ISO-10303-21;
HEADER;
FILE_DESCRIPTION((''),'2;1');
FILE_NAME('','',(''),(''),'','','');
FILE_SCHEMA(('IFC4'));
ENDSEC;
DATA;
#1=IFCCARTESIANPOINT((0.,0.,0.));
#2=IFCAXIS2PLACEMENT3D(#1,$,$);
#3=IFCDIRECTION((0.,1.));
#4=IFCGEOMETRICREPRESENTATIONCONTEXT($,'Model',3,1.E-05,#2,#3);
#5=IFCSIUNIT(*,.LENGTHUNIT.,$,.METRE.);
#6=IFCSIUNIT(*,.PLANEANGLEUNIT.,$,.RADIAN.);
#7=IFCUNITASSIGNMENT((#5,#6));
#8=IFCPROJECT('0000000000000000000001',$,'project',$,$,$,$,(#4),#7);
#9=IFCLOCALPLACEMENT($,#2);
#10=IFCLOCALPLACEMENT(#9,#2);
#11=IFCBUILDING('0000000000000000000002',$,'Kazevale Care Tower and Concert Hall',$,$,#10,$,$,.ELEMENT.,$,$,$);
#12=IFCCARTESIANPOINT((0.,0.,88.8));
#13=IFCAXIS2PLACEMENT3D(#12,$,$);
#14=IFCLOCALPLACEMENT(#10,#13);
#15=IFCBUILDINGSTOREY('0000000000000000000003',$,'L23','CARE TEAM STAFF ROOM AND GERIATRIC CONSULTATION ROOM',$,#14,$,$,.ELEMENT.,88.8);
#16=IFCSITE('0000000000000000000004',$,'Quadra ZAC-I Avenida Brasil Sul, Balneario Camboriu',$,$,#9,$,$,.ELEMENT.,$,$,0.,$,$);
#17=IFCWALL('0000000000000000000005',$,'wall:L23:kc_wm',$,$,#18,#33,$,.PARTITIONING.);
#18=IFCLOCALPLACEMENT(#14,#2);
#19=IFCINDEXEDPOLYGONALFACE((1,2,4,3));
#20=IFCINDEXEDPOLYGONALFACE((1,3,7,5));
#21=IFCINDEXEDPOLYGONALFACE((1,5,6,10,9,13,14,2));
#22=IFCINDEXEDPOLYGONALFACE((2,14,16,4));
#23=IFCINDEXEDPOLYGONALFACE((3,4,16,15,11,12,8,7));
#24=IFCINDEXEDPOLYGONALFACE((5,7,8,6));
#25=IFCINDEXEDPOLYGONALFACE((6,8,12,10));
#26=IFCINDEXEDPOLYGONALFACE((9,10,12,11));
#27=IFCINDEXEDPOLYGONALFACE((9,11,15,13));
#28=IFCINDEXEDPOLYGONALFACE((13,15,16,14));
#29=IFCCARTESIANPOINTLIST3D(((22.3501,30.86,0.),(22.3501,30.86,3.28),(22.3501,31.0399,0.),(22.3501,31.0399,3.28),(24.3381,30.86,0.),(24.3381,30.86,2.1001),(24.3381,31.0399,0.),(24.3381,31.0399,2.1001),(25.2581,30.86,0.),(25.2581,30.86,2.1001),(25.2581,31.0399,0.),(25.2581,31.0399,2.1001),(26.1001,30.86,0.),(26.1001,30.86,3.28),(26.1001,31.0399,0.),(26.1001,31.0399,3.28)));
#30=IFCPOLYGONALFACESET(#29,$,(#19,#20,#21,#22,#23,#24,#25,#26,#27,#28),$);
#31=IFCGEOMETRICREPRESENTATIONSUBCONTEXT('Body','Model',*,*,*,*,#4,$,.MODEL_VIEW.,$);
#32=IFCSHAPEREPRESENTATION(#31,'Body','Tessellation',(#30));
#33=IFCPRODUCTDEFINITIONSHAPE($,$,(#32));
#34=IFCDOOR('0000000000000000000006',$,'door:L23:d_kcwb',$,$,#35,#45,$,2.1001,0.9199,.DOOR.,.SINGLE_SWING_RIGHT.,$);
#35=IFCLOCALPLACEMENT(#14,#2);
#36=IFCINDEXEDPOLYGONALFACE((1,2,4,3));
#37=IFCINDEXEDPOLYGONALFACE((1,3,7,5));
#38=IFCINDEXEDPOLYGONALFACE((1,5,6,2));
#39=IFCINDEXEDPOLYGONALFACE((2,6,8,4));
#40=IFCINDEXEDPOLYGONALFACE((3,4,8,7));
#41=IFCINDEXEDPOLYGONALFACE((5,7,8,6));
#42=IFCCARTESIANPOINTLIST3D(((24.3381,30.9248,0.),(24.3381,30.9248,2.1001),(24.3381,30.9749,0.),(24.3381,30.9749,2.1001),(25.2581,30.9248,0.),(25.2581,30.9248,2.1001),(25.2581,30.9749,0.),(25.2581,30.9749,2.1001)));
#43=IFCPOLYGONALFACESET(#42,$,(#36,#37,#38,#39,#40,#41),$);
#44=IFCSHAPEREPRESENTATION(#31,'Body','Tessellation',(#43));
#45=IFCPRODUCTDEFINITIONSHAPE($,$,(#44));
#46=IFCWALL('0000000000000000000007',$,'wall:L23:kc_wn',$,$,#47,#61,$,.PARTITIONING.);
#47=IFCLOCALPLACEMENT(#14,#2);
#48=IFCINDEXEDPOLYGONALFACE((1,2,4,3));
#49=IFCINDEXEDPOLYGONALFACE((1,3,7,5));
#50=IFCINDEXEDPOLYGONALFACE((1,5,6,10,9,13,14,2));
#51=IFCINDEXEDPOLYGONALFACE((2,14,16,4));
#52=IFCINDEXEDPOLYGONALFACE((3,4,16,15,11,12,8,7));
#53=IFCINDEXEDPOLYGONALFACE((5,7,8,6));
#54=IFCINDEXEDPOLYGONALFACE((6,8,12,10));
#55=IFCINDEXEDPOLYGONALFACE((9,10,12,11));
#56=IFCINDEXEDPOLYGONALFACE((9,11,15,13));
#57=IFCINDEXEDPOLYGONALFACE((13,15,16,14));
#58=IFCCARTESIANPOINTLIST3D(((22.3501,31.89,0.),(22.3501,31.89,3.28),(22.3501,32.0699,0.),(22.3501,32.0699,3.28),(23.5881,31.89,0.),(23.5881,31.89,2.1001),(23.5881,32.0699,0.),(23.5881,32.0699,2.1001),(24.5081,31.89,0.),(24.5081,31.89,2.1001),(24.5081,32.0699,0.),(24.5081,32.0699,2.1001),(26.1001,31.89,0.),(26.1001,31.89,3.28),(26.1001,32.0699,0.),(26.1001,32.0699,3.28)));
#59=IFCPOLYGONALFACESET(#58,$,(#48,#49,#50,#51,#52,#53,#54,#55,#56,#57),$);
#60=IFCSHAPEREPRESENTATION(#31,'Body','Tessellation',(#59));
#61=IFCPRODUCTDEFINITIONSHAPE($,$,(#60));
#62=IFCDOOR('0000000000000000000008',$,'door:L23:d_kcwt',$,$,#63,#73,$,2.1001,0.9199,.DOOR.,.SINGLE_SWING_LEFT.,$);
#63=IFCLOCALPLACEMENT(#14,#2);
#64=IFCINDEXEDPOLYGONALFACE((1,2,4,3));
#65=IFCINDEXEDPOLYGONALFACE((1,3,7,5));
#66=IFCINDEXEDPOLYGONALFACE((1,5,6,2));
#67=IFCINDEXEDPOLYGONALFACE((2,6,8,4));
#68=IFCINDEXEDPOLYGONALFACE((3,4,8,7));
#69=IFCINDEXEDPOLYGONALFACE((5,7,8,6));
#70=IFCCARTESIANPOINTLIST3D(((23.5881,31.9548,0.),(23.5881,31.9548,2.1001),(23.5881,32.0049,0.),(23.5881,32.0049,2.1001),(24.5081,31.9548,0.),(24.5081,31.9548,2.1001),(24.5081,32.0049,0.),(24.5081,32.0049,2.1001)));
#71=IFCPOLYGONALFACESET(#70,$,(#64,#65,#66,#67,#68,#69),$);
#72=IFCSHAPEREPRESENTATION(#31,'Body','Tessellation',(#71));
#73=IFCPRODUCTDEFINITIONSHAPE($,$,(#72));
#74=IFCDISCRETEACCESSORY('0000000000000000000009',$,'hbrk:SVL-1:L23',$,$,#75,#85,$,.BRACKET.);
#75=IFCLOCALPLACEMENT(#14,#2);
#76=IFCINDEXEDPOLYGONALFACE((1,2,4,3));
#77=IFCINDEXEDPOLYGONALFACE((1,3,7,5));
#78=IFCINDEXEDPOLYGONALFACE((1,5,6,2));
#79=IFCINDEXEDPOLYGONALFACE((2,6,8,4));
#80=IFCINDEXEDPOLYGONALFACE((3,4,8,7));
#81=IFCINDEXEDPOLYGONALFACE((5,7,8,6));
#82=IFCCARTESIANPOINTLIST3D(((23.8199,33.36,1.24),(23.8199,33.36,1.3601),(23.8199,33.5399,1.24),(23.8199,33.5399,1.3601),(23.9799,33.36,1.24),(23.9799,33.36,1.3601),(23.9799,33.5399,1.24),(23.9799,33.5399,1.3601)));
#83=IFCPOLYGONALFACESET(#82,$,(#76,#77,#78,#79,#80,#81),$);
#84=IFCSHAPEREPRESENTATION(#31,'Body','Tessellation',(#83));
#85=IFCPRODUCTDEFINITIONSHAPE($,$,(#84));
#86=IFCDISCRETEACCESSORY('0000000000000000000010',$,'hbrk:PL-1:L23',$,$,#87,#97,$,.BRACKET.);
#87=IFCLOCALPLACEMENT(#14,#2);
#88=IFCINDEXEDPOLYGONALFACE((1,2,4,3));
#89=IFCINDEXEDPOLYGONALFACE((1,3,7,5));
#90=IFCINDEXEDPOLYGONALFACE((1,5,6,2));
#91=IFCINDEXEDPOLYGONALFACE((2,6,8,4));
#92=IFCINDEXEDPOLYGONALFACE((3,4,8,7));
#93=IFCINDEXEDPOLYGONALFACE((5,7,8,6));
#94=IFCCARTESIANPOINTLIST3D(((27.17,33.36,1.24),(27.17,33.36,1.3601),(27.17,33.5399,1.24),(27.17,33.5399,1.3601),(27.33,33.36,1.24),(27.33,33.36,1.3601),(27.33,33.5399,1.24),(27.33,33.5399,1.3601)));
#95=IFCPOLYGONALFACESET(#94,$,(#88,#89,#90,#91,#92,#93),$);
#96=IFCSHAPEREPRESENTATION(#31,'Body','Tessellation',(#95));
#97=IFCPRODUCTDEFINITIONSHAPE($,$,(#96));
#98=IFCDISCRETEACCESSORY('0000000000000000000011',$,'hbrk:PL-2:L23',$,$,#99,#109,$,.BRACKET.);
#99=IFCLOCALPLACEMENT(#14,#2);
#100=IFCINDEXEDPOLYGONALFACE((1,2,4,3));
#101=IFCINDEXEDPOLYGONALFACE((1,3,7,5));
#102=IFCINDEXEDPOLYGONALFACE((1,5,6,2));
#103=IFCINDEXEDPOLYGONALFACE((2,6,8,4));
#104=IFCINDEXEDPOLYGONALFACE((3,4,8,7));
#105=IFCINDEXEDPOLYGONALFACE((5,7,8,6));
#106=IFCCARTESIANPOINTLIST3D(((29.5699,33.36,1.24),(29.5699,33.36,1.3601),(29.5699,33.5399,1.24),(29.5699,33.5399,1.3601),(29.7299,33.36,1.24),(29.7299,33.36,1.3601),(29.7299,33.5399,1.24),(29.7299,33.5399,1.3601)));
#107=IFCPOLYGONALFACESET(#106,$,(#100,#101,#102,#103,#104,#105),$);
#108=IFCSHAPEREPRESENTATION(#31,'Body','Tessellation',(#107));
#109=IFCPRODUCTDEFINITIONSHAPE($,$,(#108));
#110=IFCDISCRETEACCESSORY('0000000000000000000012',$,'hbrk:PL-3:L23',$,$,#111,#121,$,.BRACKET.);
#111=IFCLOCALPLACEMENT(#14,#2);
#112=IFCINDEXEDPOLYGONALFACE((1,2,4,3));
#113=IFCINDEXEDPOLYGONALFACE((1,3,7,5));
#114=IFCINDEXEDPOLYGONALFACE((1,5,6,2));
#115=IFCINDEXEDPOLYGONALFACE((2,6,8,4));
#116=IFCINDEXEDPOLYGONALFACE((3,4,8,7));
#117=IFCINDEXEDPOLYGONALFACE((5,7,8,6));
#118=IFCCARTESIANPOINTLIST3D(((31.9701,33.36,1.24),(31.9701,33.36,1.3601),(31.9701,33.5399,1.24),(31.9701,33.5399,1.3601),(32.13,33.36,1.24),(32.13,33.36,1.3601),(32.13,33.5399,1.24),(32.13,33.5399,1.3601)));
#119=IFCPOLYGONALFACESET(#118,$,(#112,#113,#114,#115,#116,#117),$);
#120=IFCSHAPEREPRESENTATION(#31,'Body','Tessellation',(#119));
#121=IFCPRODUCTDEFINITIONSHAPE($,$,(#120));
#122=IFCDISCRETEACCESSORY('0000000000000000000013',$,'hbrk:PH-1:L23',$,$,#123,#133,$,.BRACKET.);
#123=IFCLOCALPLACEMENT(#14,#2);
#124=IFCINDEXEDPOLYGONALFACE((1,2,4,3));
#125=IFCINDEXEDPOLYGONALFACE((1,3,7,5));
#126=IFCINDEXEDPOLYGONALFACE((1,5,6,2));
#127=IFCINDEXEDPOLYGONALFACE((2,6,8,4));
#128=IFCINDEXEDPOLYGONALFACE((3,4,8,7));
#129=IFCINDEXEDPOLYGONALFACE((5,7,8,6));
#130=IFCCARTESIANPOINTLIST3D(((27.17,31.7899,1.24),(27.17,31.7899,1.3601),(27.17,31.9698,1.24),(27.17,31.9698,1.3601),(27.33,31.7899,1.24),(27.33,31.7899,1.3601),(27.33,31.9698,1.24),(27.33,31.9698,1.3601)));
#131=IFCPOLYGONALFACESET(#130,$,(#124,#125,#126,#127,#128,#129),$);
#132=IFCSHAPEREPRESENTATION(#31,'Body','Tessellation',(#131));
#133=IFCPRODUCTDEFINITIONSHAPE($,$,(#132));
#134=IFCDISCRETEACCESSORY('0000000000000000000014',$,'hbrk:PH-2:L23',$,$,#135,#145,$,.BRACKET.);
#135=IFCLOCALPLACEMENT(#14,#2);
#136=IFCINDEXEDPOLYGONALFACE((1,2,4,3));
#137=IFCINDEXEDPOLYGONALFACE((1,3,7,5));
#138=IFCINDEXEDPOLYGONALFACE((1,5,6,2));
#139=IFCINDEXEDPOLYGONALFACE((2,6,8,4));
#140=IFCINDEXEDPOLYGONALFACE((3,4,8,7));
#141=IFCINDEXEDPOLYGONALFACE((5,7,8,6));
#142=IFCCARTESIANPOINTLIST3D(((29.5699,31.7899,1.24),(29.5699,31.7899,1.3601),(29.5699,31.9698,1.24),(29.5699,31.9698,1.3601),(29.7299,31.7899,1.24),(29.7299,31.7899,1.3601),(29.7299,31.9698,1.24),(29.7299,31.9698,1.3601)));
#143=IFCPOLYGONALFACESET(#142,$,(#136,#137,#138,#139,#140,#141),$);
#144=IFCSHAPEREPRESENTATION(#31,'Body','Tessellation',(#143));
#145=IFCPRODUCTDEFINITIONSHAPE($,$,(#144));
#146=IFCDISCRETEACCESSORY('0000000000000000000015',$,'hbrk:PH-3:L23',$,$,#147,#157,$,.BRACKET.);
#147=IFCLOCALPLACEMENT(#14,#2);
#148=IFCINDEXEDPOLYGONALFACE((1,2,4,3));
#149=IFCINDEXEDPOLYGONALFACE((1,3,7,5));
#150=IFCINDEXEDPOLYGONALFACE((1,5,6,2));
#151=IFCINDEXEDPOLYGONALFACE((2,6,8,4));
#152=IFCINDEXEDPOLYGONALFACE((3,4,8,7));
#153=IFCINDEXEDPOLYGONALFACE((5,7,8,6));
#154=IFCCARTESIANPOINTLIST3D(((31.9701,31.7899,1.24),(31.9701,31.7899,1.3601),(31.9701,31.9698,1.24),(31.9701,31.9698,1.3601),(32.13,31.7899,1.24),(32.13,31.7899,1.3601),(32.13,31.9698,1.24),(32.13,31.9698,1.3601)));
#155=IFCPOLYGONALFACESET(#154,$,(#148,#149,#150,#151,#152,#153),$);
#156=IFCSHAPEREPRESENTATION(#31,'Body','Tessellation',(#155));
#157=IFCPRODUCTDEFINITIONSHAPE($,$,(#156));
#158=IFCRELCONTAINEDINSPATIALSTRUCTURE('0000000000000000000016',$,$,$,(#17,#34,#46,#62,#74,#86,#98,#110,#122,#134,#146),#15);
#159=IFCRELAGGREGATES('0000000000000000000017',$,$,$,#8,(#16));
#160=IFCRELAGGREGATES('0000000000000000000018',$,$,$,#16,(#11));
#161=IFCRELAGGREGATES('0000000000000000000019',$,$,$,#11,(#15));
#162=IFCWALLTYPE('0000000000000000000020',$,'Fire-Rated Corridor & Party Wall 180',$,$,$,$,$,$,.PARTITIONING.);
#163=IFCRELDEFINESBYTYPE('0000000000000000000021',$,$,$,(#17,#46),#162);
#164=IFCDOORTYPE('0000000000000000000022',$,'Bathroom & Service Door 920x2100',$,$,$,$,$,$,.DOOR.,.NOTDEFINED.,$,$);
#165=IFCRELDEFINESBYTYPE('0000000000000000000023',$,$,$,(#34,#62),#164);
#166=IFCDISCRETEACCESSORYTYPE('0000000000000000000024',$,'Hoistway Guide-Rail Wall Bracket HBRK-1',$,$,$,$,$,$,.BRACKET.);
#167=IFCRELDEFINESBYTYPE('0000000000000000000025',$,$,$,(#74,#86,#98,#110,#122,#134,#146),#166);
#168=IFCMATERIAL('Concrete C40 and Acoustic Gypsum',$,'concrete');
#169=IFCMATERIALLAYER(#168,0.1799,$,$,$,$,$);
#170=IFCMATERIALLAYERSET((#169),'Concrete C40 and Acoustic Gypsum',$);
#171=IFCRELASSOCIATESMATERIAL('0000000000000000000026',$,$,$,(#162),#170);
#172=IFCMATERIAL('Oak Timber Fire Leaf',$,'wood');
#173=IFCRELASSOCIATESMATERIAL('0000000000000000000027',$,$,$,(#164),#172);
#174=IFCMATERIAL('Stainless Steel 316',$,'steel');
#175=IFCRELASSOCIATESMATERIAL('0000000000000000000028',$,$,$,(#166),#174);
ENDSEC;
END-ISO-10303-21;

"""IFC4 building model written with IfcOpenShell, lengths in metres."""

from ifc_helpers import new_model, si_unit, direction, frame, frame_2d, origin, origin_2d, place, context, subcontext, project, spatial, rectangle, extrude, material, layer, layer_set, type_object, element, fill, save


model = new_model("IFC4")

# Units and contexts
model_context = context("Model", 3, precision=1e-05, world=origin(), true_north=direction((0.0, 1.0)))
body_context = subcontext(model_context, "Body", "Model", "MODEL_VIEW")
ifc_project = project(units=[si_unit("LENGTHUNIT", "METRE"), si_unit("PLANEANGLEUNIT", "RADIAN")], contexts=[model_context])

# Site, building, storey
site_placement = place(None, origin())
site = spatial("IfcSite", under=ifc_project, at=site_placement, Name="Quadra ZAC-I Avenida Brasil Sul, Balneario Camboriu", CompositionType="ELEMENT", RefElevation=0.0)
building_placement = place(site_placement, origin())
building = spatial("IfcBuilding", under=site, at=building_placement, Name="Kazevale Care Tower and Concert Hall", CompositionType="ELEMENT")
storey_placement = place(building_placement, frame((0.0, 0.0, 88.8)))
storey = spatial("IfcBuildingStorey", under=building, at=storey_placement, Name="L23", Description="CARE TEAM STAFF ROOM AND GERIATRIC CONSULTATION ROOM", CompositionType="ELEMENT", Elevation=88.8)

# Shared definitions
ifc_material_1 = material(Name="Stainless Steel 316", Category="steel")

# Walls, openings, doors
ifc_material_2 = material(Name="Concrete C40 and Acoustic Gypsum", Category="concrete")
ifc_layer_1 = layer(ifc_material_2, 0.1799)
ifc_layer_set_1 = layer_set([ifc_layer_1], Name="Concrete C40 and Acoustic Gypsum")
wall_type_1 = type_object("IfcWallType", Name="Fire-Rated Corridor & Party Wall 180", PredefinedType="PARTITIONING", material=ifc_layer_set_1)
wall_1_placement = place(storey_placement, frame((22.3501, 30.95, 0.0), z_axis=(0.0, 0.0, 1.0), x_axis=(1.0, 0.0, 0.0)))
wall_1 = element("IfcWall", 1, at=wall_1_placement, inside=storey, type_object=wall_type_1, Name="wall:L23:kc_wm", PredefinedType="PARTITIONING", context=body_context, shape_type="SweptSolid", body=[
    extrude(rectangle(XDim=3.75, YDim=0.1799, at=frame_2d((1.875, 0.0))), origin(), (0.0, 0.0, 1.0), 3.28),
])
opening_1_placement = place(wall_1_placement, frame((1.988, 0.0, 0.0)))
opening_1 = element("IfcOpeningElement", 2, at=opening_1_placement, cuts=wall_1, PredefinedType="OPENING", context=body_context, shape_type="SweptSolid", body=[
    extrude(rectangle(XDim=0.9199, YDim=2.1001, at=frame_2d((0.46, 1.05))), frame((0.0, 0.0999, 0.0), z_axis=(0.0, -1.0, 0.0), x_axis=(1.0, 0.0, 0.0)), (0.0, 0.0, 1.0), 0.2),
])
ifc_material_3 = material(Name="Oak Timber Fire Leaf", Category="wood")
door_type_1 = type_object("IfcDoorType", Name="Bathroom & Service Door 920x2100", OperationType="NOTDEFINED", PredefinedType="DOOR", material=ifc_material_3)
door_1_placement = place(opening_1_placement, origin())
door_1 = element("IfcDoor", 3, at=door_1_placement, inside=storey, type_object=door_type_1, Name="door:L23:d_kcwb", OperationType="SINGLE_SWING_RIGHT", OverallHeight=2.1001, OverallWidth=0.9199, PredefinedType="DOOR", context=body_context, shape_type="SweptSolid", body=[
    extrude(rectangle(XDim=0.9199, YDim=2.1001, at=frame_2d((0.46, 1.05))), frame((0.0, 0.0249, 0.0), z_axis=(0.0, -1.0, 0.0), x_axis=(1.0, 0.0, 0.0)), (0.0, 0.0, 1.0), 0.05),
])
fill(opening_1, door_1)
wall_2_placement = place(storey_placement, frame((22.3501, 31.98, 0.0), z_axis=(0.0, 0.0, 1.0), x_axis=(1.0, 0.0, 0.0)))
wall_2 = element("IfcWall", 4, at=wall_2_placement, inside=storey, type_object=wall_type_1, Name="wall:L23:kc_wn", PredefinedType="PARTITIONING", context=body_context, shape_type="SweptSolid", body=[
    extrude(rectangle(XDim=3.75, YDim=0.1799, at=frame_2d((1.875, 0.0))), origin(), (0.0, 0.0, 1.0), 3.28),
])
opening_2_placement = place(wall_2_placement, frame((1.238, 0.0, 0.0)))
opening_2 = element("IfcOpeningElement", 5, at=opening_2_placement, cuts=wall_2, PredefinedType="OPENING", context=body_context, shape_type="SweptSolid", body=[
    extrude(rectangle(XDim=0.9199, YDim=2.1001, at=frame_2d((0.46, 1.05))), frame((0.0, 0.0999, 0.0), z_axis=(0.0, -1.0, 0.0), x_axis=(1.0, 0.0, 0.0)), (0.0, 0.0, 1.0), 0.2),
])
door_2_placement = place(opening_2_placement, origin())
door_2 = element("IfcDoor", 6, at=door_2_placement, inside=storey, type_object=door_type_1, Name="door:L23:d_kcwt", OperationType="SINGLE_SWING_LEFT", OverallHeight=2.1001, OverallWidth=0.9199, PredefinedType="DOOR", context=body_context, shape_type="SweptSolid", body=[
    extrude(rectangle(XDim=0.9199, YDim=2.1001, at=frame_2d((0.46, 1.05))), frame((0.0, 0.0249, 0.0), z_axis=(0.0, -1.0, 0.0), x_axis=(1.0, 0.0, 0.0)), (0.0, 0.0, 1.0), 0.05),
])
fill(opening_2, door_2)

# Discrete accessories
discrete_accessory_type = type_object("IfcDiscreteAccessoryType", Name="Hoistway Guide-Rail Wall Bracket HBRK-1", PredefinedType="BRACKET", material=ifc_material_1)
for number, where, z_axis, x_axis, name in (
    (7, (23.8999, 33.45, 1.24), (0.0, 0.0, 1.0), (1.0, 0.0, 0.0), "hbrk:SVL-1:L23"),
    (8, (27.25, 33.45, 1.24), (0.0, 0.0, 1.0), (1.0, 0.0, 0.0), "hbrk:PL-1:L23"),
    (9, (29.6499, 33.45, 1.24), (0.0, 0.0, 1.0), (1.0, 0.0, 0.0), "hbrk:PL-2:L23"),
    (10, (32.05, 33.45, 1.24), (0.0, 0.0, 1.0), (1.0, 0.0, 0.0), "hbrk:PL-3:L23"),
    (11, (27.25, 31.8799, 1.24), (0.0, 0.0, 1.0), (1.0, 0.0, 0.0), "hbrk:PH-1:L23"),
    (12, (29.6499, 31.8799, 1.24), (0.0, 0.0, 1.0), (1.0, 0.0, 0.0), "hbrk:PH-2:L23"),
    (13, (32.05, 31.8799, 1.24), (0.0, 0.0, 1.0), (1.0, 0.0, 0.0), "hbrk:PH-3:L23"),
):
    element("IfcDiscreteAccessory", number, at=place(storey_placement, frame(where, z_axis=z_axis, x_axis=x_axis)), inside=storey, type_object=discrete_accessory_type, Name=name, PredefinedType="BRACKET", context=body_context, shape_type="SweptSolid", body=[
        extrude(rectangle(XDim=0.1599, YDim=0.1799, at=origin_2d()), origin(), (0.0, 0.0, 1.0), 0.1201),
    ])

save(model, "model.ifc")
